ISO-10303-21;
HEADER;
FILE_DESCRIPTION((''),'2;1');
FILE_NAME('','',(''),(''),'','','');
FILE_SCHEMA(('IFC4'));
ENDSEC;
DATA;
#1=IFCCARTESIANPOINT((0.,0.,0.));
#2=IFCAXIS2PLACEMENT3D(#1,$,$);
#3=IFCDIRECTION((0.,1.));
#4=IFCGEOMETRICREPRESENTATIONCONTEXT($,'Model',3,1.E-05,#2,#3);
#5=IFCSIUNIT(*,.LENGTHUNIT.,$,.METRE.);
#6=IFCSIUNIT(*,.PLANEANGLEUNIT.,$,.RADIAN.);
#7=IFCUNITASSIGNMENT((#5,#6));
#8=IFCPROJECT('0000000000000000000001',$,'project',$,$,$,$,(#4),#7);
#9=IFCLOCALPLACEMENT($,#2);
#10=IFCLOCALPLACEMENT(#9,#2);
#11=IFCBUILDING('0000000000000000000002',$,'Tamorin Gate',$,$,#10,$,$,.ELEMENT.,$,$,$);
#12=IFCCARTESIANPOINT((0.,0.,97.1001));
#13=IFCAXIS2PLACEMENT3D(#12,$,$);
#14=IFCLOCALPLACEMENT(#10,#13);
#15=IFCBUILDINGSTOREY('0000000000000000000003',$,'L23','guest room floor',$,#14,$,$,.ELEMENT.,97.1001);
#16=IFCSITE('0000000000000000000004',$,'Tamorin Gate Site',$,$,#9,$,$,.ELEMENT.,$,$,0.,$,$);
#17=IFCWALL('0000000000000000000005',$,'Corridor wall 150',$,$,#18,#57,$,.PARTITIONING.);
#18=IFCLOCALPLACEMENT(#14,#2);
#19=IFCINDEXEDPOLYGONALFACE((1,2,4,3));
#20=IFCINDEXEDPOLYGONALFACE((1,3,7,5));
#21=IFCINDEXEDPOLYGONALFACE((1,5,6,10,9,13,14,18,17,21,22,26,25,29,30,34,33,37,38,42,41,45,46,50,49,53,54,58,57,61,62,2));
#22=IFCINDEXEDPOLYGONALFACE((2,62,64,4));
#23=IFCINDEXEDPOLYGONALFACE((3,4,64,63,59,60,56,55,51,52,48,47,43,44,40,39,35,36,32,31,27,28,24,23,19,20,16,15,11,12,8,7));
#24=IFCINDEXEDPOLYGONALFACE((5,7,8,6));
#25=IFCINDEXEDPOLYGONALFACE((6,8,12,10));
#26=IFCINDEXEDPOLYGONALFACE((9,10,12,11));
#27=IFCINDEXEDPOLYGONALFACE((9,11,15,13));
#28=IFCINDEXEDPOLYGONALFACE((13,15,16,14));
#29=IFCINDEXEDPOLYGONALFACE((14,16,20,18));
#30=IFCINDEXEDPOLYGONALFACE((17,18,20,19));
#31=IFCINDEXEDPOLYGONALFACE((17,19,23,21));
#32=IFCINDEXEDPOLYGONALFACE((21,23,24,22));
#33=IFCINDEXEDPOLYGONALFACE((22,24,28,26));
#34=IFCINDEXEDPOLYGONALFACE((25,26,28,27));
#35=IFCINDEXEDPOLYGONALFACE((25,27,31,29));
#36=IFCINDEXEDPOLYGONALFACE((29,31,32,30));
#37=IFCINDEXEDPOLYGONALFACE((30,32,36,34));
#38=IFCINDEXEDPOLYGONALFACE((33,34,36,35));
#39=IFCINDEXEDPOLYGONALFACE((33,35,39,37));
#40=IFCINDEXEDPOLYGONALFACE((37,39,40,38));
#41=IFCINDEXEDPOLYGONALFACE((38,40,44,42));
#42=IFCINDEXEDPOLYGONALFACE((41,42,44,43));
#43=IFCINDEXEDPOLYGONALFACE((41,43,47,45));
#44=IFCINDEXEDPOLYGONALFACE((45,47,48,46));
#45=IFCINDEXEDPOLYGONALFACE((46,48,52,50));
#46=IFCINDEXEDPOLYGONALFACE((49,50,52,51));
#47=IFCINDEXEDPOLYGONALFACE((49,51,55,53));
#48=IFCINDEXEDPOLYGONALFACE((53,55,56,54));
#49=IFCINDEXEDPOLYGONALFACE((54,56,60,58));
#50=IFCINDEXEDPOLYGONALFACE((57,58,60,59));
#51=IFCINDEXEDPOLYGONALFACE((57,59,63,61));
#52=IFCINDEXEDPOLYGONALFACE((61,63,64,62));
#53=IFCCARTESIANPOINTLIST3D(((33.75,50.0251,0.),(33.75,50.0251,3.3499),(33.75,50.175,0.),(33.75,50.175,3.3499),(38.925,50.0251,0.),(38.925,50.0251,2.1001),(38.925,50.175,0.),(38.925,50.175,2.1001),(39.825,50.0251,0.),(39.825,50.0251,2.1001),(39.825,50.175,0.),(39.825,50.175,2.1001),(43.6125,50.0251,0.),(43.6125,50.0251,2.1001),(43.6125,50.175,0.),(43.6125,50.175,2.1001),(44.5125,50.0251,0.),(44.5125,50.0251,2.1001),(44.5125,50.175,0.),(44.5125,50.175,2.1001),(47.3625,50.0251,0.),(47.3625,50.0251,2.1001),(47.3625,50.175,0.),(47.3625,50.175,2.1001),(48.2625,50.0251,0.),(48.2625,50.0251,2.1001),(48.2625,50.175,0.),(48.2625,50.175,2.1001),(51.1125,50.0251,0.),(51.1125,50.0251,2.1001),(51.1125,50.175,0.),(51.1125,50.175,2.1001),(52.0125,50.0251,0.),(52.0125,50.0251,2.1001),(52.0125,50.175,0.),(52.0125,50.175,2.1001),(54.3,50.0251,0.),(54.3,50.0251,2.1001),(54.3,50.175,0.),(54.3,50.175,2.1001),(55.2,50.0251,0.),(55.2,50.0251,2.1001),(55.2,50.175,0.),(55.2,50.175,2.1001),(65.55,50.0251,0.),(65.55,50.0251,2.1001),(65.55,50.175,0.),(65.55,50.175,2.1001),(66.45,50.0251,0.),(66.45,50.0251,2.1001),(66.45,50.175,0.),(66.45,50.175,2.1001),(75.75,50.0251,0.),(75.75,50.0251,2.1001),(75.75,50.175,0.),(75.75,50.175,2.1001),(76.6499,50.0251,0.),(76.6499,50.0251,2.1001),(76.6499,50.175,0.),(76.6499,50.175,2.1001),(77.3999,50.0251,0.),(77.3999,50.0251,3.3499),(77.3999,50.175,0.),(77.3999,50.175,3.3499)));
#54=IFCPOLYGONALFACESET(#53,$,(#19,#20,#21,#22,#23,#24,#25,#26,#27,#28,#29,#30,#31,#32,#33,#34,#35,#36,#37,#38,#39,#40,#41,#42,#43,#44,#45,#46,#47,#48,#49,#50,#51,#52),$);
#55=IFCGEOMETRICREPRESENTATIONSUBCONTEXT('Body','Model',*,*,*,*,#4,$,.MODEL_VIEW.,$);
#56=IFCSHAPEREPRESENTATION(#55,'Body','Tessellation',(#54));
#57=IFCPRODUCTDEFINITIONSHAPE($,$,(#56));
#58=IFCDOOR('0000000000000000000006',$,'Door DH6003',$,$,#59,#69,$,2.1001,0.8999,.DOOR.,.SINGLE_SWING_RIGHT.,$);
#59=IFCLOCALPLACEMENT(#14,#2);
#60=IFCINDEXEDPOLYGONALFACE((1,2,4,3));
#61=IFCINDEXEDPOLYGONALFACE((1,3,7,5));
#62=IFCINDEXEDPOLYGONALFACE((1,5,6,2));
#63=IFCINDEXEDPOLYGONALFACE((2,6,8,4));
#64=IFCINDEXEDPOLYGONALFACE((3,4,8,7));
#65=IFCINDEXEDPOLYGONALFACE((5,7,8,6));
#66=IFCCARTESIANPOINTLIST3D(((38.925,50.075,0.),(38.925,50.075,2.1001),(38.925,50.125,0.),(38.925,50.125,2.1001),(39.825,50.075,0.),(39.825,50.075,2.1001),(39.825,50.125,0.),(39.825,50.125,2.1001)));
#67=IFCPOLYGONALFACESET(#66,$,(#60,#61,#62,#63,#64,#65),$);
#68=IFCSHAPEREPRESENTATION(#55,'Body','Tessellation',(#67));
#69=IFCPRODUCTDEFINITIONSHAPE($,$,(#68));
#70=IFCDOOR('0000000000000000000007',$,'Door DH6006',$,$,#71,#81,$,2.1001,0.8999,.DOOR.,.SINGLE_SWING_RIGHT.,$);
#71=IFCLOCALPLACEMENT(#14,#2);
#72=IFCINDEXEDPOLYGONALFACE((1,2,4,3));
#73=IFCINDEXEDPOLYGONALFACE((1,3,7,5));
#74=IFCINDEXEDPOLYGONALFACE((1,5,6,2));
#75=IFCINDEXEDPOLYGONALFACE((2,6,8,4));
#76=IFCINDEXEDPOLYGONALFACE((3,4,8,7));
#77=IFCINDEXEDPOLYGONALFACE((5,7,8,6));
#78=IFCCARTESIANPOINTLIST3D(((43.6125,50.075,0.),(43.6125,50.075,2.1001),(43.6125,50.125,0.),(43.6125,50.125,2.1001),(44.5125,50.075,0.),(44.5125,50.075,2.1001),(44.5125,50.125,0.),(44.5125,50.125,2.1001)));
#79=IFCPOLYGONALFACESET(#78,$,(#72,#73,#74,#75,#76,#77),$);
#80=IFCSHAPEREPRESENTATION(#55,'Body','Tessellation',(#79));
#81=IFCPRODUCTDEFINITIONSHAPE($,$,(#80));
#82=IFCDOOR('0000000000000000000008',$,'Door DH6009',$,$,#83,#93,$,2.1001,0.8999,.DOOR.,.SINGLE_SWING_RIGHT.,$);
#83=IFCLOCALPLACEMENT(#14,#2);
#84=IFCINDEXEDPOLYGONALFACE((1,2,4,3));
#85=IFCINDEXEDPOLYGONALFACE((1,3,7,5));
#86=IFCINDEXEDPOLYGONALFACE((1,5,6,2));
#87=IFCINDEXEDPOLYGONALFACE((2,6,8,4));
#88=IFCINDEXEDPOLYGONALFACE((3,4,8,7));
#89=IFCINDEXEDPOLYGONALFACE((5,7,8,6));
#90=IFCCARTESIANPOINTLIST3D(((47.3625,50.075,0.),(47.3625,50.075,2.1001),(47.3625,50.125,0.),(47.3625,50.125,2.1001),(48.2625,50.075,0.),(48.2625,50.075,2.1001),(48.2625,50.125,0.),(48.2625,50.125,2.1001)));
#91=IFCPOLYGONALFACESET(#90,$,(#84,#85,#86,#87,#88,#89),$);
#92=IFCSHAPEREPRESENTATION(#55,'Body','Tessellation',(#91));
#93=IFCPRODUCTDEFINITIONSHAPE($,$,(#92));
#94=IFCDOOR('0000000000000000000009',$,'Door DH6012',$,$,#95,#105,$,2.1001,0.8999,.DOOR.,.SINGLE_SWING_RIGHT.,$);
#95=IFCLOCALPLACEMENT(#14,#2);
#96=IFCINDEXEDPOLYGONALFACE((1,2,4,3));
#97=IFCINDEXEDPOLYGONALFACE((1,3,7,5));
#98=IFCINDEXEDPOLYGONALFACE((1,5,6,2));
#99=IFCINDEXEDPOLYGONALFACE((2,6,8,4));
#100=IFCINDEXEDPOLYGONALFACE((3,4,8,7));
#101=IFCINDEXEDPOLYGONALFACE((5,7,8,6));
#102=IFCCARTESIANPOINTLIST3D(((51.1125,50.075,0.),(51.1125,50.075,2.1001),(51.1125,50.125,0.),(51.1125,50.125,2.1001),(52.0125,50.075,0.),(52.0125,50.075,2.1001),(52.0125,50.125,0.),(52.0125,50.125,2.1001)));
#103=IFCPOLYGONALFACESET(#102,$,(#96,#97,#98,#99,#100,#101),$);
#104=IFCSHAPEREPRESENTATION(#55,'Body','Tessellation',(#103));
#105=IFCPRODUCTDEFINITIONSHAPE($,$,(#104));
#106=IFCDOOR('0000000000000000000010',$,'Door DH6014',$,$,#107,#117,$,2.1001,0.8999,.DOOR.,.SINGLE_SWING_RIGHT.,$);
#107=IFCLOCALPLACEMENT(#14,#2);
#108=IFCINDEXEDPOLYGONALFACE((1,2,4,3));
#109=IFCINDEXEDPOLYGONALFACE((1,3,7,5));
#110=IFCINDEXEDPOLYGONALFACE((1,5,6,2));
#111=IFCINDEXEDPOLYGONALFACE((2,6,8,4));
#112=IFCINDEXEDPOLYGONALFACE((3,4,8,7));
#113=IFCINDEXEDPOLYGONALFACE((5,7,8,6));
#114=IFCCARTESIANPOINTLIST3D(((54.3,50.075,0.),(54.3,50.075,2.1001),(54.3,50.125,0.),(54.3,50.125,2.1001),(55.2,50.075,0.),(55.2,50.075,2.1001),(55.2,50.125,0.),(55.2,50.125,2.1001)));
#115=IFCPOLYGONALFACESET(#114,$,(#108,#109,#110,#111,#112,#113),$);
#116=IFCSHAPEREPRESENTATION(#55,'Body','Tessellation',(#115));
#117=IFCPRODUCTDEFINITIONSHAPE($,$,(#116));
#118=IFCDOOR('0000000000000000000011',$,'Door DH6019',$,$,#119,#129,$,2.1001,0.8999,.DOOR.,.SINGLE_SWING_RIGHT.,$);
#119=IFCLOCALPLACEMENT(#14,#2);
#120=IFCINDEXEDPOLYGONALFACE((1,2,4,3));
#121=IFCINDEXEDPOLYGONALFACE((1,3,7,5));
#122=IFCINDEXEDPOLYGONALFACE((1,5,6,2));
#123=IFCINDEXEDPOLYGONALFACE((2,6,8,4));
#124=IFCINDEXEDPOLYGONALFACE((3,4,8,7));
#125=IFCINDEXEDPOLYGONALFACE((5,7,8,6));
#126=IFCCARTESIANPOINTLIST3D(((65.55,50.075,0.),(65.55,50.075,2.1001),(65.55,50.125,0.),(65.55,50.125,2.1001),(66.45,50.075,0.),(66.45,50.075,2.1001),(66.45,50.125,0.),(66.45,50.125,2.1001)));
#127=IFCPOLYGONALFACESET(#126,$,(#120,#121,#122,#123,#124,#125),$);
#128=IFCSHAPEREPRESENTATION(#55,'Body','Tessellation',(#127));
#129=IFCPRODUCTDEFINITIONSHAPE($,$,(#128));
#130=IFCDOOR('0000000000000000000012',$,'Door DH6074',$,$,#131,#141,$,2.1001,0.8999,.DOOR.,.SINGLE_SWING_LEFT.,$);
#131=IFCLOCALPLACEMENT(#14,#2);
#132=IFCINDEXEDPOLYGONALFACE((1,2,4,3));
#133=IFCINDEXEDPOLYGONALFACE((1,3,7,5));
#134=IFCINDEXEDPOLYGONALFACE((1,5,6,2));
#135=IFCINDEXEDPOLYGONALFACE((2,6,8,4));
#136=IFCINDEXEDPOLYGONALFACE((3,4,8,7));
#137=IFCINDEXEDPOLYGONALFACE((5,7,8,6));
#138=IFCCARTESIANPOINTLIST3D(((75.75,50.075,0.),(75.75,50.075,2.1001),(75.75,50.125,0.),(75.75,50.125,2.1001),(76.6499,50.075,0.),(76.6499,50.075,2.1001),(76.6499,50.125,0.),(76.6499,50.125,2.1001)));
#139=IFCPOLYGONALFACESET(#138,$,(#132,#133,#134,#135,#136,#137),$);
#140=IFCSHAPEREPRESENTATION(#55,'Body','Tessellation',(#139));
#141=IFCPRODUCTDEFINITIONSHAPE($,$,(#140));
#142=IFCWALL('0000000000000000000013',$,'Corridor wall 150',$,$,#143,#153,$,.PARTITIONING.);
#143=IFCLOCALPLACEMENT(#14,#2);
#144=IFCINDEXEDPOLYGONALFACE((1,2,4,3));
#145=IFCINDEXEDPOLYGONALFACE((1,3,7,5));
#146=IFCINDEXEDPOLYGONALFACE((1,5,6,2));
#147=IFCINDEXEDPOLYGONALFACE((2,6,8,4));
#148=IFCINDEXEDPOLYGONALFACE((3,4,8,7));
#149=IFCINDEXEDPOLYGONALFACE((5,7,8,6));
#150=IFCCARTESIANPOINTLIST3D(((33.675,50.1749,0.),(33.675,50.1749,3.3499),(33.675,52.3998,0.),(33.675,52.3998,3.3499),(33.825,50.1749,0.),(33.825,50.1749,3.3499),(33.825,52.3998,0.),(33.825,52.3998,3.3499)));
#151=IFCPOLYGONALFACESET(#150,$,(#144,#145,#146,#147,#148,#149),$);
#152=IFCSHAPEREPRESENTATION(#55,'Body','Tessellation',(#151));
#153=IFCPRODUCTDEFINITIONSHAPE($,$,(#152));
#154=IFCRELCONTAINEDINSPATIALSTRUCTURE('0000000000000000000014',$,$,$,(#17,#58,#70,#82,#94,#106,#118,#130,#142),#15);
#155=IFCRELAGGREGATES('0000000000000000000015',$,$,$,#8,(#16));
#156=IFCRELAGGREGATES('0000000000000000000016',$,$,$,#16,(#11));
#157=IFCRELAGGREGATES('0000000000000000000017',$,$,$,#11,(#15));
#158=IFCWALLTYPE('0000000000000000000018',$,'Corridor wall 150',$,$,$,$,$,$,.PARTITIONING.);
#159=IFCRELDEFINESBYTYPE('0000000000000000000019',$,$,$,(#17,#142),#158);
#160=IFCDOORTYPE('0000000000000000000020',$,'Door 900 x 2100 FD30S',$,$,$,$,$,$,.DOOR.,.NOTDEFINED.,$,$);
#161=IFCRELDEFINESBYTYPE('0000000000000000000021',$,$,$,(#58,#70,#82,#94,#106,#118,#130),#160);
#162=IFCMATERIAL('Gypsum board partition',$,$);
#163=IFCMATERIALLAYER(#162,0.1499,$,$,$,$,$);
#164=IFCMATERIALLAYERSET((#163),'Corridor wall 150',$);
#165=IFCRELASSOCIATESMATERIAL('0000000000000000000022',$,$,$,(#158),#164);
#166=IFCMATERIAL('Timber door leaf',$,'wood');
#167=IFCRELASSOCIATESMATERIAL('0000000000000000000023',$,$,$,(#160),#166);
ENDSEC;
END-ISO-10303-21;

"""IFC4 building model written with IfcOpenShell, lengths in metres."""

from ifc_helpers import new_model, si_unit, direction, frame, frame_2d, origin, place, context, subcontext, project, spatial, rectangle, extrude, material, layer, layer_set, type_object, element, fill, save


model = new_model("IFC4")

# Units and contexts
model_context = context("Model", 3, precision=1e-05, world=origin(), true_north=direction((0.0, 1.0)))
body_context = subcontext(model_context, "Body", "Model", "MODEL_VIEW")
ifc_project = project(units=[si_unit("LENGTHUNIT", "METRE"), si_unit("PLANEANGLEUNIT", "RADIAN")], contexts=[model_context])

# Site, building, storey
site_placement = place(None, origin())
site = spatial("IfcSite", under=ifc_project, at=site_placement, Name="Tamorin Gate Site", CompositionType="ELEMENT", RefElevation=0.0)
building_placement = place(site_placement, origin())
building = spatial("IfcBuilding", under=site, at=building_placement, Name="Tamorin Gate", CompositionType="ELEMENT")
storey_placement = place(building_placement, frame((0.0, 0.0, 97.1001)))
storey = spatial("IfcBuildingStorey", under=building, at=storey_placement, Name="L23", Description="guest room floor", CompositionType="ELEMENT", Elevation=97.1001)

# Wall, openings, doors
ifc_material_1 = material(Name="Gypsum board partition")
ifc_layer_1 = layer(ifc_material_1, 0.1499)
ifc_layer_set_1 = layer_set([ifc_layer_1], Name="Corridor wall 150")
wall_type_1 = type_object("IfcWallType", Name="Corridor wall 150", PredefinedType="PARTITIONING", material=ifc_layer_set_1)
wall_1_placement = place(storey_placement, frame((33.75, 50.1001, 0.0), z_axis=(0.0, 0.0, 1.0), x_axis=(1.0, 0.0, 0.0)))
wall_1 = element("IfcWall", 1, at=wall_1_placement, inside=storey, type_object=wall_type_1, Name="Corridor wall 150", PredefinedType="PARTITIONING", context=body_context, shape_type="SweptSolid", body=[
    extrude(rectangle(XDim=43.6499, YDim=0.1499, at=frame_2d((21.825, 0.0))), origin(), (0.0, 0.0, 1.0), 3.3499),
])
opening_1_placement = place(wall_1_placement, frame((5.175, 0.0, 0.0)))
opening_1 = element("IfcOpeningElement", 2, at=opening_1_placement, cuts=wall_1, PredefinedType="OPENING", context=body_context, shape_type="SweptSolid", body=[
    extrude(rectangle(XDim=0.8999, YDim=2.1001, at=frame_2d((0.45, 1.05))), frame((0.0, 0.085, 0.0), z_axis=(0.0, -1.0, 0.0), x_axis=(1.0, 0.0, 0.0)), (0.0, 0.0, 1.0), 0.1699),
])
opening_2_placement = place(wall_1_placement, frame((9.8625, 0.0, 0.0)))
opening_2 = element("IfcOpeningElement", 3, at=opening_2_placement, cuts=wall_1, PredefinedType="OPENING", context=body_context, shape_type="SweptSolid", body=[
    extrude(rectangle(XDim=0.8999, YDim=2.1001, at=frame_2d((0.45, 1.05))), frame((0.0, 0.085, 0.0), z_axis=(0.0, -1.0, 0.0), x_axis=(1.0, 0.0, 0.0)), (0.0, 0.0, 1.0), 0.1699),
])
opening_3_placement = place(wall_1_placement, frame((13.6125, 0.0, 0.0)))
opening_3 = element("IfcOpeningElement", 4, at=opening_3_placement, cuts=wall_1, PredefinedType="OPENING", context=body_context, shape_type="SweptSolid", body=[
    extrude(rectangle(XDim=0.8999, YDim=2.1001, at=frame_2d((0.45, 1.05))), frame((0.0, 0.085, 0.0), z_axis=(0.0, -1.0, 0.0), x_axis=(1.0, 0.0, 0.0)), (0.0, 0.0, 1.0), 0.1699),
])
opening_4_placement = place(wall_1_placement, frame((17.3625, 0.0, 0.0)))
opening_4 = element("IfcOpeningElement", 5, at=opening_4_placement, cuts=wall_1, PredefinedType="OPENING", context=body_context, shape_type="SweptSolid", body=[
    extrude(rectangle(XDim=0.8999, YDim=2.1001, at=frame_2d((0.45, 1.05))), frame((0.0, 0.085, 0.0), z_axis=(0.0, -1.0, 0.0), x_axis=(1.0, 0.0, 0.0)), (0.0, 0.0, 1.0), 0.1699),
])
opening_5_placement = place(wall_1_placement, frame((20.55, 0.0, 0.0)))
opening_5 = element("IfcOpeningElement", 6, at=opening_5_placement, cuts=wall_1, PredefinedType="OPENING", context=body_context, shape_type="SweptSolid", body=[
    extrude(rectangle(XDim=0.8999, YDim=2.1001, at=frame_2d((0.45, 1.05))), frame((0.0, 0.085, 0.0), z_axis=(0.0, -1.0, 0.0), x_axis=(1.0, 0.0, 0.0)), (0.0, 0.0, 1.0), 0.1699),
])
opening_6_placement = place(wall_1_placement, frame((31.8, 0.0, 0.0)))
opening_6 = element("IfcOpeningElement", 7, at=opening_6_placement, cuts=wall_1, PredefinedType="OPENING", context=body_context, shape_type="SweptSolid", body=[
    extrude(rectangle(XDim=0.8999, YDim=2.1001, at=frame_2d((0.45, 1.05))), frame((0.0, 0.085, 0.0), z_axis=(0.0, -1.0, 0.0), x_axis=(1.0, 0.0, 0.0)), (0.0, 0.0, 1.0), 0.1699),
])
opening_7_placement = place(wall_1_placement, frame((42.0, 0.0, 0.0)))
opening_7 = element("IfcOpeningElement", 8, at=opening_7_placement, cuts=wall_1, PredefinedType="OPENING", context=body_context, shape_type="SweptSolid", body=[
    extrude(rectangle(XDim=0.8999, YDim=2.1001, at=frame_2d((0.45, 1.05))), frame((0.0, 0.085, 0.0), z_axis=(0.0, -1.0, 0.0), x_axis=(1.0, 0.0, 0.0)), (0.0, 0.0, 1.0), 0.1699),
])
ifc_material_2 = material(Name="Timber door leaf", Category="wood")
door_type_1 = type_object("IfcDoorType", Name="Door 900 x 2100 FD30S", OperationType="NOTDEFINED", PredefinedType="DOOR", material=ifc_material_2)
door_1_placement = place(opening_1_placement, origin())
door_1 = element("IfcDoor", 9, at=door_1_placement, inside=storey, type_object=door_type_1, Name="Door DH6003", OperationType="SINGLE_SWING_RIGHT", OverallHeight=2.1001, OverallWidth=0.8999, PredefinedType="DOOR", context=body_context, shape_type="SweptSolid", body=[
    extrude(rectangle(XDim=0.8999, YDim=2.1001, at=frame_2d((0.45, 1.05))), frame((0.0, 0.0249, 0.0), z_axis=(0.0, -1.0, 0.0), x_axis=(1.0, 0.0, 0.0)), (0.0, 0.0, 1.0), 0.05),
])
fill(opening_1, door_1)
door_2_placement = place(opening_2_placement, origin())
door_2 = element("IfcDoor", 10, at=door_2_placement, inside=storey, type_object=door_type_1, Name="Door DH6006", OperationType="SINGLE_SWING_RIGHT", OverallHeight=2.1001, OverallWidth=0.8999, PredefinedType="DOOR", context=body_context, shape_type="SweptSolid", body=[
    extrude(rectangle(XDim=0.8999, YDim=2.1001, at=frame_2d((0.45, 1.05))), frame((0.0, 0.0249, 0.0), z_axis=(0.0, -1.0, 0.0), x_axis=(1.0, 0.0, 0.0)), (0.0, 0.0, 1.0), 0.05),
])
fill(opening_2, door_2)
door_3_placement = place(opening_3_placement, origin())
door_3 = element("IfcDoor", 11, at=door_3_placement, inside=storey, type_object=door_type_1, Name="Door DH6009", OperationType="SINGLE_SWING_RIGHT", OverallHeight=2.1001, OverallWidth=0.8999, PredefinedType="DOOR", context=body_context, shape_type="SweptSolid", body=[
    extrude(rectangle(XDim=0.8999, YDim=2.1001, at=frame_2d((0.45, 1.05))), frame((0.0, 0.0249, 0.0), z_axis=(0.0, -1.0, 0.0), x_axis=(1.0, 0.0, 0.0)), (0.0, 0.0, 1.0), 0.05),
])
fill(opening_3, door_3)
door_4_placement = place(opening_4_placement, origin())
door_4 = element("IfcDoor", 12, at=door_4_placement, inside=storey, type_object=door_type_1, Name="Door DH6012", OperationType="SINGLE_SWING_RIGHT", OverallHeight=2.1001, OverallWidth=0.8999, PredefinedType="DOOR", context=body_context, shape_type="SweptSolid", body=[
    extrude(rectangle(XDim=0.8999, YDim=2.1001, at=frame_2d((0.45, 1.05))), frame((0.0, 0.0249, 0.0), z_axis=(0.0, -1.0, 0.0), x_axis=(1.0, 0.0, 0.0)), (0.0, 0.0, 1.0), 0.05),
])
fill(opening_4, door_4)
door_5_placement = place(opening_5_placement, origin())
door_5 = element("IfcDoor", 13, at=door_5_placement, inside=storey, type_object=door_type_1, Name="Door DH6014", OperationType="SINGLE_SWING_RIGHT", OverallHeight=2.1001, OverallWidth=0.8999, PredefinedType="DOOR", context=body_context, shape_type="SweptSolid", body=[
    extrude(rectangle(XDim=0.8999, YDim=2.1001, at=frame_2d((0.45, 1.05))), frame((0.0, 0.0249, 0.0), z_axis=(0.0, -1.0, 0.0), x_axis=(1.0, 0.0, 0.0)), (0.0, 0.0, 1.0), 0.05),
])
fill(opening_5, door_5)
door_6_placement = place(opening_6_placement, origin())
door_6 = element("IfcDoor", 14, at=door_6_placement, inside=storey, type_object=door_type_1, Name="Door DH6019", OperationType="SINGLE_SWING_RIGHT", OverallHeight=2.1001, OverallWidth=0.8999, PredefinedType="DOOR", context=body_context, shape_type="SweptSolid", body=[
    extrude(rectangle(XDim=0.8999, YDim=2.1001, at=frame_2d((0.45, 1.05))), frame((0.0, 0.0249, 0.0), z_axis=(0.0, -1.0, 0.0), x_axis=(1.0, 0.0, 0.0)), (0.0, 0.0, 1.0), 0.05),
])
fill(opening_6, door_6)
door_7_placement = place(opening_7_placement, origin())
door_7 = element("IfcDoor", 15, at=door_7_placement, inside=storey, type_object=door_type_1, Name="Door DH6074", OperationType="SINGLE_SWING_LEFT", OverallHeight=2.1001, OverallWidth=0.8999, PredefinedType="DOOR", context=body_context, shape_type="SweptSolid", body=[
    extrude(rectangle(XDim=0.8999, YDim=2.1001, at=frame_2d((0.45, 1.05))), frame((0.0, 0.0249, 0.0), z_axis=(0.0, -1.0, 0.0), x_axis=(1.0, 0.0, 0.0)), (0.0, 0.0, 1.0), 0.05),
])
fill(opening_7, door_7)

# Wall
wall_2_placement = place(storey_placement, frame((33.75, 50.175, 0.0), z_axis=(0.0, 0.0, 1.0), x_axis=(0.0, 1.0, 0.0)))
element("IfcWall", 16, at=wall_2_placement, inside=storey, type_object=wall_type_1, Name="Corridor wall 150", PredefinedType="PARTITIONING", context=body_context, shape_type="SweptSolid", body=[
    extrude(rectangle(XDim=2.2249, YDim=0.1499, at=frame_2d((1.1123, 0.0))), origin(), (0.0, 0.0, 1.0), 3.3499),
])

save(model, "model.ifc")
